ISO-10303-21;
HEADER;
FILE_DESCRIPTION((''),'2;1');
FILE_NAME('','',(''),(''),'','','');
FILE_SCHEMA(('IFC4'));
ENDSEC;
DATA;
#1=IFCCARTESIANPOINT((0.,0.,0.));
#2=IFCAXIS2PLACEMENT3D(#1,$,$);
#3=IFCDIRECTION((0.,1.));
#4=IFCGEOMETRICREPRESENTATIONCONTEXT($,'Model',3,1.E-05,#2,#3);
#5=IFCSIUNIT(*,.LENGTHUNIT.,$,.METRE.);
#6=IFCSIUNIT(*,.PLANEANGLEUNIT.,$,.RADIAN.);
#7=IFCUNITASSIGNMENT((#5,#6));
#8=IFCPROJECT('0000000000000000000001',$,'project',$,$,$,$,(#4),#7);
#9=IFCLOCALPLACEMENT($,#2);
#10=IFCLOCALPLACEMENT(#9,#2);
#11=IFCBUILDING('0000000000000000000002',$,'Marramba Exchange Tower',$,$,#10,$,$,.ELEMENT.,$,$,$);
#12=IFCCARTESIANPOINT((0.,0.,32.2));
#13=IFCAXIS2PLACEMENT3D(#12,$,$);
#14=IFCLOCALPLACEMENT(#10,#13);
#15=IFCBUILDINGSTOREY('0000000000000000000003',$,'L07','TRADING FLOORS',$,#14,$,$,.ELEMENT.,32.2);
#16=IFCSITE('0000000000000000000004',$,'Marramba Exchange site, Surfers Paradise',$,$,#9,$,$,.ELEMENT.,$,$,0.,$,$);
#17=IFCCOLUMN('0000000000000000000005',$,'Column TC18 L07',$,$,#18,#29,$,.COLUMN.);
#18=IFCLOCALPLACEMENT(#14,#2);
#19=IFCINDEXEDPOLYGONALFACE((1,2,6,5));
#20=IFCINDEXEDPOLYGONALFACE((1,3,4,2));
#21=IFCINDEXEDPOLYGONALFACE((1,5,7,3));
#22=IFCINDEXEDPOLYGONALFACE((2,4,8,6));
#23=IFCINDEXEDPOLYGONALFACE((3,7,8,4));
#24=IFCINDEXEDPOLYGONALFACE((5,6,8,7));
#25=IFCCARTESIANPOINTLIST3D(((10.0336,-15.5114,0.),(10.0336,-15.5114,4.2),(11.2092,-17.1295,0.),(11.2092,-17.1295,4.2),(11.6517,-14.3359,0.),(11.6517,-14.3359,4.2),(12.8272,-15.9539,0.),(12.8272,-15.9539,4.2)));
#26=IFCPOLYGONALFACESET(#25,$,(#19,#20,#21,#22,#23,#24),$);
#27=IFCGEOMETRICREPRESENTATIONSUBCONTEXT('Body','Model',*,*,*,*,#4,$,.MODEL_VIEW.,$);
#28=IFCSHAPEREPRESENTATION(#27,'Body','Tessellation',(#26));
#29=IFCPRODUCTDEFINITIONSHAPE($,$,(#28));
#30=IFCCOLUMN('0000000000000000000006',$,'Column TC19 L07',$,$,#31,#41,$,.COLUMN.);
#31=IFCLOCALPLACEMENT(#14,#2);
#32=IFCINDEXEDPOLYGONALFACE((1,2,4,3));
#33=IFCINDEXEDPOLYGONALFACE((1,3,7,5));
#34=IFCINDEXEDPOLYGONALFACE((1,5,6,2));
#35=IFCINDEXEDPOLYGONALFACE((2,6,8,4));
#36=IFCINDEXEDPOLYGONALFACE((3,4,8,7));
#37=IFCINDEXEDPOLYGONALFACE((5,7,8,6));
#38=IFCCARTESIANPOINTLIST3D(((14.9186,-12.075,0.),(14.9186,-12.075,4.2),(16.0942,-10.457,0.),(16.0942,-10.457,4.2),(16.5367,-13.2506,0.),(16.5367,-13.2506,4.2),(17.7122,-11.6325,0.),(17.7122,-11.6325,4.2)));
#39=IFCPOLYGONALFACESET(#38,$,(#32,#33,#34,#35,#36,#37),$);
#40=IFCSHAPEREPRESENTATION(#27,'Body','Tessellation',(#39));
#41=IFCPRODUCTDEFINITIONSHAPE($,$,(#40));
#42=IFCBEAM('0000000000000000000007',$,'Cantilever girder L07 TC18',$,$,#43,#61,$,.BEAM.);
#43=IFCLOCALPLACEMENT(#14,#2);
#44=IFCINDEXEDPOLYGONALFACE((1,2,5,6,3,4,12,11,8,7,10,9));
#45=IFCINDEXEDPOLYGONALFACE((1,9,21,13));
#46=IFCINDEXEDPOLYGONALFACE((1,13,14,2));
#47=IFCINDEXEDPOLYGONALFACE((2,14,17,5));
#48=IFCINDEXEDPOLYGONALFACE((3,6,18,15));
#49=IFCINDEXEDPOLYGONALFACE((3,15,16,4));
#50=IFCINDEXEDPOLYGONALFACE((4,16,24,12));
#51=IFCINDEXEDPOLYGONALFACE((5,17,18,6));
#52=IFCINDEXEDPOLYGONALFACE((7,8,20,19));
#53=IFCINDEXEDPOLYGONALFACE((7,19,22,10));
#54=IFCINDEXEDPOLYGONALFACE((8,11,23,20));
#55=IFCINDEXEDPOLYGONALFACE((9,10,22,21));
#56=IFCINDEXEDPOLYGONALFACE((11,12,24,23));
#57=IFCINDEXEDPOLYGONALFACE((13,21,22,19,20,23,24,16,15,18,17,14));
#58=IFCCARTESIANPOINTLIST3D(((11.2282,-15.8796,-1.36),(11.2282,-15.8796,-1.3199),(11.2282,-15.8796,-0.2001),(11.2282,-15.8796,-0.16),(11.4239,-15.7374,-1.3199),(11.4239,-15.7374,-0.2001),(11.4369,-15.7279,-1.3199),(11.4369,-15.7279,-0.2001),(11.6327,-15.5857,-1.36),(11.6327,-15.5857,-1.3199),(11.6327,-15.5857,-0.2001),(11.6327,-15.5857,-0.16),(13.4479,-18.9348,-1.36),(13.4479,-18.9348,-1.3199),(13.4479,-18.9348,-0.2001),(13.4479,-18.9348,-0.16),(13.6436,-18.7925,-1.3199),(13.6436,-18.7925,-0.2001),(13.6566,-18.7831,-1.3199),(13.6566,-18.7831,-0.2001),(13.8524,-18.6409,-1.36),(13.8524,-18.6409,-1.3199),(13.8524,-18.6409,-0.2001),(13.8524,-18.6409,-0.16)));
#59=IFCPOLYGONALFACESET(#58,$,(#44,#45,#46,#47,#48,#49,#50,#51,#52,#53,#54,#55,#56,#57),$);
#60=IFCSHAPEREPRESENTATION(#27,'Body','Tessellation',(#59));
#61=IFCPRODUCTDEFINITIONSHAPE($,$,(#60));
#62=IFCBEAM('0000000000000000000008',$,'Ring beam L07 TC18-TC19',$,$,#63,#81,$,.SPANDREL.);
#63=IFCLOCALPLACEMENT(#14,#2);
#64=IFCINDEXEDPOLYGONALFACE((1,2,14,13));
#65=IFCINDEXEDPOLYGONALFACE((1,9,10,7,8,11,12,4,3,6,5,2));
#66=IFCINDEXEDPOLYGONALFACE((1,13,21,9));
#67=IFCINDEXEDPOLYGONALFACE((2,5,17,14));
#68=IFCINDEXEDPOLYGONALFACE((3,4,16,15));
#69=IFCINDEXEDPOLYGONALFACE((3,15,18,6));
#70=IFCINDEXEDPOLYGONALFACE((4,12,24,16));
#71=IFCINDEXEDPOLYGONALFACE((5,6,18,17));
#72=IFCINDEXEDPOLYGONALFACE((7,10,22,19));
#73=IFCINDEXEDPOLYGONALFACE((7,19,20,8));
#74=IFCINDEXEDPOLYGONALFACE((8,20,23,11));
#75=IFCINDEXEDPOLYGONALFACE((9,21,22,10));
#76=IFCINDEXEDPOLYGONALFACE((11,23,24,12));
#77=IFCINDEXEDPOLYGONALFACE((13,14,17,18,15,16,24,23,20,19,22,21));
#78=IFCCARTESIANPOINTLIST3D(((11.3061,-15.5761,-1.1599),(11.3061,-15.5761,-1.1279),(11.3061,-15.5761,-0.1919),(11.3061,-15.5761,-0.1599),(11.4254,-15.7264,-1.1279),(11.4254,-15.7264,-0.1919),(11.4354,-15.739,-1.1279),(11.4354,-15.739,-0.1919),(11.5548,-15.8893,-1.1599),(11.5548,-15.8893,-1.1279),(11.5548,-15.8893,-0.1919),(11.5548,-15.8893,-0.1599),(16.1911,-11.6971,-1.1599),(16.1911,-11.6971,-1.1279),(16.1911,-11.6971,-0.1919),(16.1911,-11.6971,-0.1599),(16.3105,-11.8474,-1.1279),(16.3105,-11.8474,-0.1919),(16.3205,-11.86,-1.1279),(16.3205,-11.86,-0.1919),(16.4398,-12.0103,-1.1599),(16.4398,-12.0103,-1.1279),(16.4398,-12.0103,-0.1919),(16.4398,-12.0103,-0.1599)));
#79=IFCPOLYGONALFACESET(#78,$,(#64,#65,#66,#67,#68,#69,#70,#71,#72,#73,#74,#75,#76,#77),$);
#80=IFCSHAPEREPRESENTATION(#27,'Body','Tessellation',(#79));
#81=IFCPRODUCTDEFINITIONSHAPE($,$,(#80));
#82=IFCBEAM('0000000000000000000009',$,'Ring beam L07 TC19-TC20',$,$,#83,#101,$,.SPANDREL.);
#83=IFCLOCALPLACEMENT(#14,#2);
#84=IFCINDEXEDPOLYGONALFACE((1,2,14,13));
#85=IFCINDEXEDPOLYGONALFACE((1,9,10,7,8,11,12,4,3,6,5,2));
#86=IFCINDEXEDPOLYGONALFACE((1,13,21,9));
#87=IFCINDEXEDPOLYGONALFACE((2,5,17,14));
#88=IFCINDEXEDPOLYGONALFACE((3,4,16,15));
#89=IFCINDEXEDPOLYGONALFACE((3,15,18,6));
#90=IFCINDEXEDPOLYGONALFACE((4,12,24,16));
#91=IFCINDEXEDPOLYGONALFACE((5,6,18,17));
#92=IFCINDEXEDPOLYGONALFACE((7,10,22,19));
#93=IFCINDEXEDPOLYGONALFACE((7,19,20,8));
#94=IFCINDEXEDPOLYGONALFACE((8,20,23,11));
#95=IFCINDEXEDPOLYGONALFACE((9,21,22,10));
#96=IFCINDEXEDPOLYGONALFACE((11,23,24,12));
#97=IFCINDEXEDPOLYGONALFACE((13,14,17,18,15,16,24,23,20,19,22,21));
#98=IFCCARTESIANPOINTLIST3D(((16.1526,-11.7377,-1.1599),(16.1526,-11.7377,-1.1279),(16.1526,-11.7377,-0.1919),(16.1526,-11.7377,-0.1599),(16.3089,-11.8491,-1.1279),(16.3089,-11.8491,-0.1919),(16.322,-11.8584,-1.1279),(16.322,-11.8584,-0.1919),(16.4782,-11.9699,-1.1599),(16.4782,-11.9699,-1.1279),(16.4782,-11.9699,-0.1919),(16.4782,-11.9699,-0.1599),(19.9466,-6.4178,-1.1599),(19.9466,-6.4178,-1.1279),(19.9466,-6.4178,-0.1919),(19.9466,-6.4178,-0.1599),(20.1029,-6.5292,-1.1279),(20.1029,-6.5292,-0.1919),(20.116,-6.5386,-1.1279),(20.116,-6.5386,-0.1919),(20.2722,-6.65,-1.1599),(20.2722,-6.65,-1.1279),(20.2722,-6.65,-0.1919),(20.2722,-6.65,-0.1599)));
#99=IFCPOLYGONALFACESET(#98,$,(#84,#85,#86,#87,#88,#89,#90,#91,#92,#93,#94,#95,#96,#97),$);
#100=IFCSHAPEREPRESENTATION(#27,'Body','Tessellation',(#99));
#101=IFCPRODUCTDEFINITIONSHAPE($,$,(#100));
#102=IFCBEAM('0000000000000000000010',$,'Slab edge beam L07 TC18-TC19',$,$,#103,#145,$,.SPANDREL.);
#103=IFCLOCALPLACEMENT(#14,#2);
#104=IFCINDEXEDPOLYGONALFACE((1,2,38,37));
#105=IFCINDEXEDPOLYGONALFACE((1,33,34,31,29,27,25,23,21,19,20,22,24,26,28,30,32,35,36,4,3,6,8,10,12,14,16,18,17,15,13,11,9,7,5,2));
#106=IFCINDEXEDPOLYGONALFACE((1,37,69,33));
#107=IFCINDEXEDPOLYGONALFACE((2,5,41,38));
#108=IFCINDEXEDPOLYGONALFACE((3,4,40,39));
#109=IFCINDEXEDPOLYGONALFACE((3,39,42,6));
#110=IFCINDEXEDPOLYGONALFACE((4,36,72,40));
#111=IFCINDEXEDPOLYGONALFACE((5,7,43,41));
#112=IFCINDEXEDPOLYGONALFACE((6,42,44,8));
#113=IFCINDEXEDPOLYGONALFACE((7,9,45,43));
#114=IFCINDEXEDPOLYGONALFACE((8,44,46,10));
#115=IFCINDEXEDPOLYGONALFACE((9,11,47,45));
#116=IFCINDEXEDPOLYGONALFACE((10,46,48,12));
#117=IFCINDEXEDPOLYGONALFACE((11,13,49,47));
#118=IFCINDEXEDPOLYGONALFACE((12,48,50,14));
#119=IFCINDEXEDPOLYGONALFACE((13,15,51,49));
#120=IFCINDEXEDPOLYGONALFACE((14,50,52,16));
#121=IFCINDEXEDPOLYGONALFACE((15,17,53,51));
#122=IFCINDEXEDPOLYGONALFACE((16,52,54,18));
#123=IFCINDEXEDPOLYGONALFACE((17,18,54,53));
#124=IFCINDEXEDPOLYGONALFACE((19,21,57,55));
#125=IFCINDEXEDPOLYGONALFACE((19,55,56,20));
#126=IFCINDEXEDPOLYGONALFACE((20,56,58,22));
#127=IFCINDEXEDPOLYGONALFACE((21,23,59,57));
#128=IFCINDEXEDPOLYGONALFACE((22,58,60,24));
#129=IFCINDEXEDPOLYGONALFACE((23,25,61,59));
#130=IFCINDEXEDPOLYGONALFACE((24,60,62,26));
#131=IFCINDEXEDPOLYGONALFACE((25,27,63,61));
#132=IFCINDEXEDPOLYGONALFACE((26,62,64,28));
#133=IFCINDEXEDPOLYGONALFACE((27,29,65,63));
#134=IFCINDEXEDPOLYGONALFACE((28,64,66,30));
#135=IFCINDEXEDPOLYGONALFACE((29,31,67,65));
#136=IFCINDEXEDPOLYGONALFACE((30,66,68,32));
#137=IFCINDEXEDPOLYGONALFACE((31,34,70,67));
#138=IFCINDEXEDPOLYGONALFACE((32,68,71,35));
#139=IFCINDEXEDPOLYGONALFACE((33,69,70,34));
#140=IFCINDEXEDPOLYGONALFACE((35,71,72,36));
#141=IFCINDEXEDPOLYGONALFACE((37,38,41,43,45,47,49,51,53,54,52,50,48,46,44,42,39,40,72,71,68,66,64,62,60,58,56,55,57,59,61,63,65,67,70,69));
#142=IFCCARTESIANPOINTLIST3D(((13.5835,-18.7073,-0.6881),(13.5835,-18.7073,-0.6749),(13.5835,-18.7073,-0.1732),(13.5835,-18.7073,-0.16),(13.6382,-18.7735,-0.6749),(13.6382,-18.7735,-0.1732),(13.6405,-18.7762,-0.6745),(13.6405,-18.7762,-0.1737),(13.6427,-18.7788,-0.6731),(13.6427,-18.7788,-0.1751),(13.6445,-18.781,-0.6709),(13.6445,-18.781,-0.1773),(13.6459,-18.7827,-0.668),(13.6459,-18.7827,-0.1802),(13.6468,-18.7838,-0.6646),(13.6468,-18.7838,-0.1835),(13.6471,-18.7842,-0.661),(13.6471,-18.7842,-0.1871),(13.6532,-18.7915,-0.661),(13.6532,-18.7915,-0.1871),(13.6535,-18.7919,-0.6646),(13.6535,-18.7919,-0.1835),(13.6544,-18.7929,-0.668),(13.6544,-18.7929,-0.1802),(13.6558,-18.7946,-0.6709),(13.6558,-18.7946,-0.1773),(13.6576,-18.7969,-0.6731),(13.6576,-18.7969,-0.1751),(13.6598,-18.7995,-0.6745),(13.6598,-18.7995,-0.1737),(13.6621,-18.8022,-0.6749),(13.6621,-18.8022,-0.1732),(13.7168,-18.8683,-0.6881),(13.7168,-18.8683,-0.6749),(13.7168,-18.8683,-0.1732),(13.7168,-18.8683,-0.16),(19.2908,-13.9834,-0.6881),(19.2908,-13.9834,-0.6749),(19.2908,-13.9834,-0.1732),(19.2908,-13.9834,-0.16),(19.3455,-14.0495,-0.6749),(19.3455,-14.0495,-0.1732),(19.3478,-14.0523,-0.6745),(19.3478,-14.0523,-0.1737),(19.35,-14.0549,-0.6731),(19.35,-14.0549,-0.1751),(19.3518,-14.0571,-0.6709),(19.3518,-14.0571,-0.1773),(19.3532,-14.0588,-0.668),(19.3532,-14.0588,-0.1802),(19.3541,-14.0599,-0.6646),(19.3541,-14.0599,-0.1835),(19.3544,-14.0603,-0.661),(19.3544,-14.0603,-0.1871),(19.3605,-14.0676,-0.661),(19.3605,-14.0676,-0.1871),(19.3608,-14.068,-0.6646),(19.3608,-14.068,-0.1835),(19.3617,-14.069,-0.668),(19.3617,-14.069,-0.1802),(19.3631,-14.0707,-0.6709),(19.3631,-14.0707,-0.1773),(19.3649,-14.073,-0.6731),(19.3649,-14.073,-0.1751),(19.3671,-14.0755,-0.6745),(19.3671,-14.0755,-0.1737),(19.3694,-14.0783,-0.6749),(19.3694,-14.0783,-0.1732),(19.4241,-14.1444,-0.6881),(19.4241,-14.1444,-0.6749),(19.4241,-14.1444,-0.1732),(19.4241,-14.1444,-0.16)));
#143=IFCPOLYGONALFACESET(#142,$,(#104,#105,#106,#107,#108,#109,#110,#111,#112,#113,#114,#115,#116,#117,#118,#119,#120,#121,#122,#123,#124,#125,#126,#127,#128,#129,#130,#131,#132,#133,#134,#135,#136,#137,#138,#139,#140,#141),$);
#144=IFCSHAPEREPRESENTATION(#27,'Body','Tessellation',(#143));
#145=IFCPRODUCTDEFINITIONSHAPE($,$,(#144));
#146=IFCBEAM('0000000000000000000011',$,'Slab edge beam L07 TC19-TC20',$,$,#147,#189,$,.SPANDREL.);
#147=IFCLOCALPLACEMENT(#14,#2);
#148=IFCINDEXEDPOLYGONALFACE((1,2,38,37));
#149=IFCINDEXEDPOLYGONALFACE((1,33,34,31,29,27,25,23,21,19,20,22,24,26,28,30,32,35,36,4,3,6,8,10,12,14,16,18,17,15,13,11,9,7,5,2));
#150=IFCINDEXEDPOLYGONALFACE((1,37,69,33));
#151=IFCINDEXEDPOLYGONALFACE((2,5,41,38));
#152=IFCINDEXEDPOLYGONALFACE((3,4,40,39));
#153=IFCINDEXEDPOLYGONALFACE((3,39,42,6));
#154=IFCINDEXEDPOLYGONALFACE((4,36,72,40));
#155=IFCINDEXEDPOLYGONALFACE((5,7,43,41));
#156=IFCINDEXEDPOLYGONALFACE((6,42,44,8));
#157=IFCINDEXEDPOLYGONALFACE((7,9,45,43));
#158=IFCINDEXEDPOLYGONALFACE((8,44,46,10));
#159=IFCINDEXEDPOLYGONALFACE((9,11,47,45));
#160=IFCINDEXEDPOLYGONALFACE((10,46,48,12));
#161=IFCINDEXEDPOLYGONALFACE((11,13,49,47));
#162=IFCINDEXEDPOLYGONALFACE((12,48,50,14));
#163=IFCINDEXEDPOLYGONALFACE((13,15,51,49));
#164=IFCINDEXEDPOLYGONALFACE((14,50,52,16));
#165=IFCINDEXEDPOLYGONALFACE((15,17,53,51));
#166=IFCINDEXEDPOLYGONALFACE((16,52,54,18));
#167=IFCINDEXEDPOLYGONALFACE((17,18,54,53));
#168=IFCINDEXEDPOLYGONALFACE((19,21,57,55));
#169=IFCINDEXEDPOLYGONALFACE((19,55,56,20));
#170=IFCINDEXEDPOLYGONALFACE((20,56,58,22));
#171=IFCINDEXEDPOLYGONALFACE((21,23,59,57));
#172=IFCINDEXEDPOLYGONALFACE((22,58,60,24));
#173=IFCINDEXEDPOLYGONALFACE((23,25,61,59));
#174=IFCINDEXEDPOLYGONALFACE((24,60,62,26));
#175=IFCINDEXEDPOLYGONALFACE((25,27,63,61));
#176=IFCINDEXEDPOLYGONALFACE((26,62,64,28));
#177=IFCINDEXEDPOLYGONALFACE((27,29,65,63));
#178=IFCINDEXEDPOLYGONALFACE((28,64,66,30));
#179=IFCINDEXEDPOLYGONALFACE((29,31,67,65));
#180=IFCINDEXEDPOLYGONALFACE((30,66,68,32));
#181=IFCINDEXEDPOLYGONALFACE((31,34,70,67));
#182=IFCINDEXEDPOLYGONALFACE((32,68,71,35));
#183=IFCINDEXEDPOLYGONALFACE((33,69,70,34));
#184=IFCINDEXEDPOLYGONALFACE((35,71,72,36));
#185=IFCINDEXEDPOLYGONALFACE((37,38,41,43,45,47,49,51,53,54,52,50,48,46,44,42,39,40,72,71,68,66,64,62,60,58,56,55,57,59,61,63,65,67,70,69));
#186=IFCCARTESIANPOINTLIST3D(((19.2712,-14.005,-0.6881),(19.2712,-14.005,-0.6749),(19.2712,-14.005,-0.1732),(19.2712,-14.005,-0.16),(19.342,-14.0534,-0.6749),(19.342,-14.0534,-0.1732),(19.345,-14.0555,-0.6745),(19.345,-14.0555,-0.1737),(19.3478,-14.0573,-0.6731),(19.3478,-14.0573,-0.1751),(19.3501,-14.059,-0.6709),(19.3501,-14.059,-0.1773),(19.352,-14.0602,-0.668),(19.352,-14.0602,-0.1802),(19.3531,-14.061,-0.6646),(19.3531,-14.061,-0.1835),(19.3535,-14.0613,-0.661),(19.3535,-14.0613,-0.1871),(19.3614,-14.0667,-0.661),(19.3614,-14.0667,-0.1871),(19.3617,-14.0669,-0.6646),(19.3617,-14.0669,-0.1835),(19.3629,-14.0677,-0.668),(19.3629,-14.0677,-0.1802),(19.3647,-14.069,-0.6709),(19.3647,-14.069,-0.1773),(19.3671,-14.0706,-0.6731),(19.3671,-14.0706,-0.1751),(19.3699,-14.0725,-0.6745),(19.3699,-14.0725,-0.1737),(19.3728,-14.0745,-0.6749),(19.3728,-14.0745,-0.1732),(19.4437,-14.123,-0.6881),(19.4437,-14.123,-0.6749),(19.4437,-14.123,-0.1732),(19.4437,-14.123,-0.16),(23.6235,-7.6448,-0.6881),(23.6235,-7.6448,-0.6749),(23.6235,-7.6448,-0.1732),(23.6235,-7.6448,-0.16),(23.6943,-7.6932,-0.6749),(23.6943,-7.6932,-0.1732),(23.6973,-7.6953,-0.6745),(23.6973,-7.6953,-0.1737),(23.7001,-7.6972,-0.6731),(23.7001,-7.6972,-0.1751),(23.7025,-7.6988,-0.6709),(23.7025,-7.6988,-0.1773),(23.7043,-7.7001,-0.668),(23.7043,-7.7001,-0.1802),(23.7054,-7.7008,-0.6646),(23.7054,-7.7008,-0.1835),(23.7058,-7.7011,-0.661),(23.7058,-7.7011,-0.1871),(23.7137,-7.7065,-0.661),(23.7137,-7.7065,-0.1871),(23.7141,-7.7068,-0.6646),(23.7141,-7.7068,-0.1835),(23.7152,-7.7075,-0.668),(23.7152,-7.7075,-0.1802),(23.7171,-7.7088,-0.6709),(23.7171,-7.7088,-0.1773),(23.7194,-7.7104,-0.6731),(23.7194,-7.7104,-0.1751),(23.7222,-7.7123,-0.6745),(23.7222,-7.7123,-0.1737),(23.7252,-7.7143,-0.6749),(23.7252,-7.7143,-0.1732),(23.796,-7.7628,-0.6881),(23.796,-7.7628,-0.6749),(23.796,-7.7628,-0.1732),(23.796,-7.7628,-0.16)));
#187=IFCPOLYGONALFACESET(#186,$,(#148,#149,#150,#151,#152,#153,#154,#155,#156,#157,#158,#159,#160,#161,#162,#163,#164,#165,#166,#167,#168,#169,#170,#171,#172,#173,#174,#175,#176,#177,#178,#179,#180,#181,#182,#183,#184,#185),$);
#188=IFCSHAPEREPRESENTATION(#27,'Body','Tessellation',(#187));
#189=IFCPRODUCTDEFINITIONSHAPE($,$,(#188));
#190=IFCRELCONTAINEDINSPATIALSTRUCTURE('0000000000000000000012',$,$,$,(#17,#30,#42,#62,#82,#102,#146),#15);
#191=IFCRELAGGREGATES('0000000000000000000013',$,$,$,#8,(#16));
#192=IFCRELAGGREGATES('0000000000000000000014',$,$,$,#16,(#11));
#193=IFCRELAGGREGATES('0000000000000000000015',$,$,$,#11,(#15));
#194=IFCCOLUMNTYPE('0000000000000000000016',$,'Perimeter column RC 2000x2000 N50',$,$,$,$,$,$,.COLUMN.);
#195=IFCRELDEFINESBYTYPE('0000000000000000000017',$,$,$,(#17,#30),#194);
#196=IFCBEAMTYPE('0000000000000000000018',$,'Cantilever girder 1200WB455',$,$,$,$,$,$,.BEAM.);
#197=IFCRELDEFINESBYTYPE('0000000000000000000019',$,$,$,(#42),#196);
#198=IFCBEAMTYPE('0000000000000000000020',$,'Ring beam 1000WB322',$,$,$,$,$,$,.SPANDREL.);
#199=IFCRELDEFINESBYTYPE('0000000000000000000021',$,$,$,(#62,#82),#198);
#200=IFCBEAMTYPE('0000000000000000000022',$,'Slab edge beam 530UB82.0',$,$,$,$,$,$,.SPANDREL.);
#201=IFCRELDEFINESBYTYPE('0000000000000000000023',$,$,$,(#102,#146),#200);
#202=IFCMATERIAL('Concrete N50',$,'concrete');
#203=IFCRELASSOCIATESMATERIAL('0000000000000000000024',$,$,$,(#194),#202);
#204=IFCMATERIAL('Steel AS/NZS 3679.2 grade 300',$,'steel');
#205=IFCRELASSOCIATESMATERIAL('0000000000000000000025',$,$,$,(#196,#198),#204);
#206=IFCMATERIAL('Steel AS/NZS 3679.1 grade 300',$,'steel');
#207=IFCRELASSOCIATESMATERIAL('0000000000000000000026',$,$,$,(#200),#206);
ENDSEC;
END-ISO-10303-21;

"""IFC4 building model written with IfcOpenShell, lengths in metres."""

from ifc_helpers import new_model, si_unit, direction, frame, origin, origin_2d, place, context, subcontext, project, spatial, rectangle, i_section, extrude, material, material_profile, profile_set, type_object, element, save


model = new_model("IFC4")

# Units and contexts
model_context = context("Model", 3, precision=1e-05, world=origin(), true_north=direction((0.0, 1.0)))
body_context = subcontext(model_context, "Body", "Model", "MODEL_VIEW")
ifc_project = project(units=[si_unit("LENGTHUNIT", "METRE"), si_unit("PLANEANGLEUNIT", "RADIAN")], contexts=[model_context])

# Site, building, storey
site_placement = place(None, origin())
site = spatial("IfcSite", under=ifc_project, at=site_placement, Name="Marramba Exchange site, Surfers Paradise", CompositionType="ELEMENT", RefElevation=0.0)
building_placement = place(site_placement, origin())
building = spatial("IfcBuilding", under=site, at=building_placement, Name="Marramba Exchange Tower", CompositionType="ELEMENT")
storey_placement = place(building_placement, frame((0.0, 0.0, 32.2)))
storey = spatial("IfcBuildingStorey", under=building, at=storey_placement, Name="L07", Description="TRADING FLOORS", CompositionType="ELEMENT", Elevation=32.2)

# Columns
ifc_material_1 = material(Name="Concrete N50", Category="concrete")
ifc_material_profile_1 = material_profile(ifc_material_1, rectangle(XDim=2.0, YDim=2.0, at=origin_2d()), Name="RC 2000x2000")
ifc_profile_set_1 = profile_set([ifc_material_profile_1], Name="Concrete N50")
column_type = type_object("IfcColumnType", Name="Perimeter column RC 2000x2000 N50", PredefinedType="COLUMN", material=ifc_profile_set_1)
for number, where, z_axis, x_axis, name in (
    (1, (11.4304, -15.7327, 0.0), (0.0, 0.0, 1.0), (0.587785, -0.809017, 0.0), "Column TC18 L07"),
    (2, (16.3154, -11.8538, 0.0), (0.0, 0.0, 1.0), (0.809017, -0.587785, 0.0), "Column TC19 L07"),
):
    element("IfcColumn", number, at=place(storey_placement, frame(where, z_axis=z_axis, x_axis=x_axis)), inside=storey, type_object=column_type, Name=name, PredefinedType="COLUMN", context=body_context, shape_type="SweptSolid", body=[
        extrude(rectangle(XDim=2.0, YDim=2.0, at=origin_2d()), origin(), (0.0, 0.0, 1.0), 4.2),
    ])

# Beams
ifc_material_2 = material(Name="Steel AS/NZS 3679.2 grade 300", Category="steel")
ifc_material_profile_2 = material_profile(ifc_material_2, i_section(OverallWidth=0.5, OverallDepth=1.2, WebThickness=0.0161, FlangeThickness=0.04, at=origin_2d()), Name="1200WB455")
ifc_profile_set_2 = profile_set([ifc_material_profile_2], Name="Steel AS/NZS 3679.2 grade 300")
beam_type_1 = type_object("IfcBeamType", Name="Cantilever girder 1200WB455", PredefinedType="BEAM", material=ifc_profile_set_2)
beam_1_placement = place(storey_placement, frame((11.4304, -15.7327, -0.76), z_axis=(0.587787, -0.809016, 0.0), x_axis=(0.809016, 0.587787, 0.0)))
element("IfcBeam", 3, at=beam_1_placement, inside=storey, type_object=beam_type_1, Name="Cantilever girder L07 TC18", PredefinedType="BEAM", context=body_context, shape_type="SweptSolid", body=[
    extrude(i_section(OverallWidth=0.5, OverallDepth=1.2, WebThickness=0.0161, FlangeThickness=0.04, at=origin_2d()), origin(), (0.0, 0.0, 1.0), 3.7764),
])
ifc_material_profile_3 = material_profile(ifc_material_2, i_section(OverallWidth=0.3999, OverallDepth=1.0, WebThickness=0.0161, FlangeThickness=0.032, at=origin_2d()), Name="1000WB322")
ifc_profile_set_3 = profile_set([ifc_material_profile_3], Name="Steel AS/NZS 3679.2 grade 300")
beam_type_2 = type_object("IfcBeamType", Name="Ring beam 1000WB322", PredefinedType="SPANDREL", material=ifc_profile_set_3)
beam_2_placement = place(storey_placement, frame((11.4304, -15.7327, -0.6599), z_axis=(0.783139, 0.621846, 0.0), x_axis=(-0.621846, 0.783139, 0.0)))
element("IfcBeam", 4, at=beam_2_placement, inside=storey, type_object=beam_type_2, Name="Ring beam L07 TC18-TC19", PredefinedType="SPANDREL", context=body_context, shape_type="SweptSolid", body=[
    extrude(i_section(OverallWidth=0.3999, OverallDepth=1.0, WebThickness=0.0161, FlangeThickness=0.032, at=origin_2d()), origin(), (0.0, 0.0, 1.0), 6.2378),
])
beam_3_placement = place(storey_placement, frame((16.3154, -11.8538, -0.6599), z_axis=(0.580637, 0.814162, 0.0), x_axis=(-0.814162, 0.580637, 0.0)))
element("IfcBeam", 5, at=beam_3_placement, inside=storey, type_object=beam_type_2, Name="Ring beam L07 TC19-TC20", PredefinedType="SPANDREL", context=body_context, shape_type="SweptSolid", body=[
    extrude(i_section(OverallWidth=0.3999, OverallDepth=1.0, WebThickness=0.0161, FlangeThickness=0.032, at=origin_2d()), origin(), (0.0, 0.0, 1.0), 6.5342),
])
ifc_material_3 = material(Name="Steel AS/NZS 3679.1 grade 300", Category="steel")
ifc_material_profile_4 = material_profile(ifc_material_3, i_section(OverallWidth=0.209, OverallDepth=0.5281, WebThickness=0.0095, FlangeThickness=0.0132, FilletRadius=0.0139, at=origin_2d()), Name="530UB82.0")
ifc_profile_set_4 = profile_set([ifc_material_profile_4], Name="Steel AS/NZS 3679.1 grade 300")
beam_type_3 = type_object("IfcBeamType", Name="Slab edge beam 530UB82.0", PredefinedType="SPANDREL", material=ifc_profile_set_4)
beam_4_placement = place(storey_placement, frame((13.6501, -18.7878, -0.4241), z_axis=(0.770354, 0.637617, 0.0), x_axis=(-0.637617, 0.770354, 0.0)))
element("IfcBeam", 6, at=beam_4_placement, inside=storey, type_object=beam_type_3, Name="Slab edge beam L07 TC18-TC19", PredefinedType="SPANDREL", context=body_context, shape_type="SweptSolid", body=[
    extrude(i_section(OverallWidth=0.209, OverallDepth=0.5281, WebThickness=0.0095, FlangeThickness=0.0132, FilletRadius=0.0139, at=origin_2d()), origin(), (0.0, 0.0, 1.0), 7.4087),
])
beam_5_placement = place(storey_placement, frame((19.3574, -14.064, -0.4241), z_axis=(0.564741, 0.825268, 0.0), x_axis=(-0.825268, 0.564741, 0.0)))
element("IfcBeam", 7, at=beam_5_placement, inside=storey, type_object=beam_type_3, Name="Slab edge beam L07 TC19-TC20", PredefinedType="SPANDREL", context=body_context, shape_type="SweptSolid", body=[
    extrude(i_section(OverallWidth=0.209, OverallDepth=0.5281, WebThickness=0.0095, FlangeThickness=0.0132, FilletRadius=0.0139, at=origin_2d()), origin(), (0.0, 0.0, 1.0), 7.7068),
])

save(model, "model.ifc")
